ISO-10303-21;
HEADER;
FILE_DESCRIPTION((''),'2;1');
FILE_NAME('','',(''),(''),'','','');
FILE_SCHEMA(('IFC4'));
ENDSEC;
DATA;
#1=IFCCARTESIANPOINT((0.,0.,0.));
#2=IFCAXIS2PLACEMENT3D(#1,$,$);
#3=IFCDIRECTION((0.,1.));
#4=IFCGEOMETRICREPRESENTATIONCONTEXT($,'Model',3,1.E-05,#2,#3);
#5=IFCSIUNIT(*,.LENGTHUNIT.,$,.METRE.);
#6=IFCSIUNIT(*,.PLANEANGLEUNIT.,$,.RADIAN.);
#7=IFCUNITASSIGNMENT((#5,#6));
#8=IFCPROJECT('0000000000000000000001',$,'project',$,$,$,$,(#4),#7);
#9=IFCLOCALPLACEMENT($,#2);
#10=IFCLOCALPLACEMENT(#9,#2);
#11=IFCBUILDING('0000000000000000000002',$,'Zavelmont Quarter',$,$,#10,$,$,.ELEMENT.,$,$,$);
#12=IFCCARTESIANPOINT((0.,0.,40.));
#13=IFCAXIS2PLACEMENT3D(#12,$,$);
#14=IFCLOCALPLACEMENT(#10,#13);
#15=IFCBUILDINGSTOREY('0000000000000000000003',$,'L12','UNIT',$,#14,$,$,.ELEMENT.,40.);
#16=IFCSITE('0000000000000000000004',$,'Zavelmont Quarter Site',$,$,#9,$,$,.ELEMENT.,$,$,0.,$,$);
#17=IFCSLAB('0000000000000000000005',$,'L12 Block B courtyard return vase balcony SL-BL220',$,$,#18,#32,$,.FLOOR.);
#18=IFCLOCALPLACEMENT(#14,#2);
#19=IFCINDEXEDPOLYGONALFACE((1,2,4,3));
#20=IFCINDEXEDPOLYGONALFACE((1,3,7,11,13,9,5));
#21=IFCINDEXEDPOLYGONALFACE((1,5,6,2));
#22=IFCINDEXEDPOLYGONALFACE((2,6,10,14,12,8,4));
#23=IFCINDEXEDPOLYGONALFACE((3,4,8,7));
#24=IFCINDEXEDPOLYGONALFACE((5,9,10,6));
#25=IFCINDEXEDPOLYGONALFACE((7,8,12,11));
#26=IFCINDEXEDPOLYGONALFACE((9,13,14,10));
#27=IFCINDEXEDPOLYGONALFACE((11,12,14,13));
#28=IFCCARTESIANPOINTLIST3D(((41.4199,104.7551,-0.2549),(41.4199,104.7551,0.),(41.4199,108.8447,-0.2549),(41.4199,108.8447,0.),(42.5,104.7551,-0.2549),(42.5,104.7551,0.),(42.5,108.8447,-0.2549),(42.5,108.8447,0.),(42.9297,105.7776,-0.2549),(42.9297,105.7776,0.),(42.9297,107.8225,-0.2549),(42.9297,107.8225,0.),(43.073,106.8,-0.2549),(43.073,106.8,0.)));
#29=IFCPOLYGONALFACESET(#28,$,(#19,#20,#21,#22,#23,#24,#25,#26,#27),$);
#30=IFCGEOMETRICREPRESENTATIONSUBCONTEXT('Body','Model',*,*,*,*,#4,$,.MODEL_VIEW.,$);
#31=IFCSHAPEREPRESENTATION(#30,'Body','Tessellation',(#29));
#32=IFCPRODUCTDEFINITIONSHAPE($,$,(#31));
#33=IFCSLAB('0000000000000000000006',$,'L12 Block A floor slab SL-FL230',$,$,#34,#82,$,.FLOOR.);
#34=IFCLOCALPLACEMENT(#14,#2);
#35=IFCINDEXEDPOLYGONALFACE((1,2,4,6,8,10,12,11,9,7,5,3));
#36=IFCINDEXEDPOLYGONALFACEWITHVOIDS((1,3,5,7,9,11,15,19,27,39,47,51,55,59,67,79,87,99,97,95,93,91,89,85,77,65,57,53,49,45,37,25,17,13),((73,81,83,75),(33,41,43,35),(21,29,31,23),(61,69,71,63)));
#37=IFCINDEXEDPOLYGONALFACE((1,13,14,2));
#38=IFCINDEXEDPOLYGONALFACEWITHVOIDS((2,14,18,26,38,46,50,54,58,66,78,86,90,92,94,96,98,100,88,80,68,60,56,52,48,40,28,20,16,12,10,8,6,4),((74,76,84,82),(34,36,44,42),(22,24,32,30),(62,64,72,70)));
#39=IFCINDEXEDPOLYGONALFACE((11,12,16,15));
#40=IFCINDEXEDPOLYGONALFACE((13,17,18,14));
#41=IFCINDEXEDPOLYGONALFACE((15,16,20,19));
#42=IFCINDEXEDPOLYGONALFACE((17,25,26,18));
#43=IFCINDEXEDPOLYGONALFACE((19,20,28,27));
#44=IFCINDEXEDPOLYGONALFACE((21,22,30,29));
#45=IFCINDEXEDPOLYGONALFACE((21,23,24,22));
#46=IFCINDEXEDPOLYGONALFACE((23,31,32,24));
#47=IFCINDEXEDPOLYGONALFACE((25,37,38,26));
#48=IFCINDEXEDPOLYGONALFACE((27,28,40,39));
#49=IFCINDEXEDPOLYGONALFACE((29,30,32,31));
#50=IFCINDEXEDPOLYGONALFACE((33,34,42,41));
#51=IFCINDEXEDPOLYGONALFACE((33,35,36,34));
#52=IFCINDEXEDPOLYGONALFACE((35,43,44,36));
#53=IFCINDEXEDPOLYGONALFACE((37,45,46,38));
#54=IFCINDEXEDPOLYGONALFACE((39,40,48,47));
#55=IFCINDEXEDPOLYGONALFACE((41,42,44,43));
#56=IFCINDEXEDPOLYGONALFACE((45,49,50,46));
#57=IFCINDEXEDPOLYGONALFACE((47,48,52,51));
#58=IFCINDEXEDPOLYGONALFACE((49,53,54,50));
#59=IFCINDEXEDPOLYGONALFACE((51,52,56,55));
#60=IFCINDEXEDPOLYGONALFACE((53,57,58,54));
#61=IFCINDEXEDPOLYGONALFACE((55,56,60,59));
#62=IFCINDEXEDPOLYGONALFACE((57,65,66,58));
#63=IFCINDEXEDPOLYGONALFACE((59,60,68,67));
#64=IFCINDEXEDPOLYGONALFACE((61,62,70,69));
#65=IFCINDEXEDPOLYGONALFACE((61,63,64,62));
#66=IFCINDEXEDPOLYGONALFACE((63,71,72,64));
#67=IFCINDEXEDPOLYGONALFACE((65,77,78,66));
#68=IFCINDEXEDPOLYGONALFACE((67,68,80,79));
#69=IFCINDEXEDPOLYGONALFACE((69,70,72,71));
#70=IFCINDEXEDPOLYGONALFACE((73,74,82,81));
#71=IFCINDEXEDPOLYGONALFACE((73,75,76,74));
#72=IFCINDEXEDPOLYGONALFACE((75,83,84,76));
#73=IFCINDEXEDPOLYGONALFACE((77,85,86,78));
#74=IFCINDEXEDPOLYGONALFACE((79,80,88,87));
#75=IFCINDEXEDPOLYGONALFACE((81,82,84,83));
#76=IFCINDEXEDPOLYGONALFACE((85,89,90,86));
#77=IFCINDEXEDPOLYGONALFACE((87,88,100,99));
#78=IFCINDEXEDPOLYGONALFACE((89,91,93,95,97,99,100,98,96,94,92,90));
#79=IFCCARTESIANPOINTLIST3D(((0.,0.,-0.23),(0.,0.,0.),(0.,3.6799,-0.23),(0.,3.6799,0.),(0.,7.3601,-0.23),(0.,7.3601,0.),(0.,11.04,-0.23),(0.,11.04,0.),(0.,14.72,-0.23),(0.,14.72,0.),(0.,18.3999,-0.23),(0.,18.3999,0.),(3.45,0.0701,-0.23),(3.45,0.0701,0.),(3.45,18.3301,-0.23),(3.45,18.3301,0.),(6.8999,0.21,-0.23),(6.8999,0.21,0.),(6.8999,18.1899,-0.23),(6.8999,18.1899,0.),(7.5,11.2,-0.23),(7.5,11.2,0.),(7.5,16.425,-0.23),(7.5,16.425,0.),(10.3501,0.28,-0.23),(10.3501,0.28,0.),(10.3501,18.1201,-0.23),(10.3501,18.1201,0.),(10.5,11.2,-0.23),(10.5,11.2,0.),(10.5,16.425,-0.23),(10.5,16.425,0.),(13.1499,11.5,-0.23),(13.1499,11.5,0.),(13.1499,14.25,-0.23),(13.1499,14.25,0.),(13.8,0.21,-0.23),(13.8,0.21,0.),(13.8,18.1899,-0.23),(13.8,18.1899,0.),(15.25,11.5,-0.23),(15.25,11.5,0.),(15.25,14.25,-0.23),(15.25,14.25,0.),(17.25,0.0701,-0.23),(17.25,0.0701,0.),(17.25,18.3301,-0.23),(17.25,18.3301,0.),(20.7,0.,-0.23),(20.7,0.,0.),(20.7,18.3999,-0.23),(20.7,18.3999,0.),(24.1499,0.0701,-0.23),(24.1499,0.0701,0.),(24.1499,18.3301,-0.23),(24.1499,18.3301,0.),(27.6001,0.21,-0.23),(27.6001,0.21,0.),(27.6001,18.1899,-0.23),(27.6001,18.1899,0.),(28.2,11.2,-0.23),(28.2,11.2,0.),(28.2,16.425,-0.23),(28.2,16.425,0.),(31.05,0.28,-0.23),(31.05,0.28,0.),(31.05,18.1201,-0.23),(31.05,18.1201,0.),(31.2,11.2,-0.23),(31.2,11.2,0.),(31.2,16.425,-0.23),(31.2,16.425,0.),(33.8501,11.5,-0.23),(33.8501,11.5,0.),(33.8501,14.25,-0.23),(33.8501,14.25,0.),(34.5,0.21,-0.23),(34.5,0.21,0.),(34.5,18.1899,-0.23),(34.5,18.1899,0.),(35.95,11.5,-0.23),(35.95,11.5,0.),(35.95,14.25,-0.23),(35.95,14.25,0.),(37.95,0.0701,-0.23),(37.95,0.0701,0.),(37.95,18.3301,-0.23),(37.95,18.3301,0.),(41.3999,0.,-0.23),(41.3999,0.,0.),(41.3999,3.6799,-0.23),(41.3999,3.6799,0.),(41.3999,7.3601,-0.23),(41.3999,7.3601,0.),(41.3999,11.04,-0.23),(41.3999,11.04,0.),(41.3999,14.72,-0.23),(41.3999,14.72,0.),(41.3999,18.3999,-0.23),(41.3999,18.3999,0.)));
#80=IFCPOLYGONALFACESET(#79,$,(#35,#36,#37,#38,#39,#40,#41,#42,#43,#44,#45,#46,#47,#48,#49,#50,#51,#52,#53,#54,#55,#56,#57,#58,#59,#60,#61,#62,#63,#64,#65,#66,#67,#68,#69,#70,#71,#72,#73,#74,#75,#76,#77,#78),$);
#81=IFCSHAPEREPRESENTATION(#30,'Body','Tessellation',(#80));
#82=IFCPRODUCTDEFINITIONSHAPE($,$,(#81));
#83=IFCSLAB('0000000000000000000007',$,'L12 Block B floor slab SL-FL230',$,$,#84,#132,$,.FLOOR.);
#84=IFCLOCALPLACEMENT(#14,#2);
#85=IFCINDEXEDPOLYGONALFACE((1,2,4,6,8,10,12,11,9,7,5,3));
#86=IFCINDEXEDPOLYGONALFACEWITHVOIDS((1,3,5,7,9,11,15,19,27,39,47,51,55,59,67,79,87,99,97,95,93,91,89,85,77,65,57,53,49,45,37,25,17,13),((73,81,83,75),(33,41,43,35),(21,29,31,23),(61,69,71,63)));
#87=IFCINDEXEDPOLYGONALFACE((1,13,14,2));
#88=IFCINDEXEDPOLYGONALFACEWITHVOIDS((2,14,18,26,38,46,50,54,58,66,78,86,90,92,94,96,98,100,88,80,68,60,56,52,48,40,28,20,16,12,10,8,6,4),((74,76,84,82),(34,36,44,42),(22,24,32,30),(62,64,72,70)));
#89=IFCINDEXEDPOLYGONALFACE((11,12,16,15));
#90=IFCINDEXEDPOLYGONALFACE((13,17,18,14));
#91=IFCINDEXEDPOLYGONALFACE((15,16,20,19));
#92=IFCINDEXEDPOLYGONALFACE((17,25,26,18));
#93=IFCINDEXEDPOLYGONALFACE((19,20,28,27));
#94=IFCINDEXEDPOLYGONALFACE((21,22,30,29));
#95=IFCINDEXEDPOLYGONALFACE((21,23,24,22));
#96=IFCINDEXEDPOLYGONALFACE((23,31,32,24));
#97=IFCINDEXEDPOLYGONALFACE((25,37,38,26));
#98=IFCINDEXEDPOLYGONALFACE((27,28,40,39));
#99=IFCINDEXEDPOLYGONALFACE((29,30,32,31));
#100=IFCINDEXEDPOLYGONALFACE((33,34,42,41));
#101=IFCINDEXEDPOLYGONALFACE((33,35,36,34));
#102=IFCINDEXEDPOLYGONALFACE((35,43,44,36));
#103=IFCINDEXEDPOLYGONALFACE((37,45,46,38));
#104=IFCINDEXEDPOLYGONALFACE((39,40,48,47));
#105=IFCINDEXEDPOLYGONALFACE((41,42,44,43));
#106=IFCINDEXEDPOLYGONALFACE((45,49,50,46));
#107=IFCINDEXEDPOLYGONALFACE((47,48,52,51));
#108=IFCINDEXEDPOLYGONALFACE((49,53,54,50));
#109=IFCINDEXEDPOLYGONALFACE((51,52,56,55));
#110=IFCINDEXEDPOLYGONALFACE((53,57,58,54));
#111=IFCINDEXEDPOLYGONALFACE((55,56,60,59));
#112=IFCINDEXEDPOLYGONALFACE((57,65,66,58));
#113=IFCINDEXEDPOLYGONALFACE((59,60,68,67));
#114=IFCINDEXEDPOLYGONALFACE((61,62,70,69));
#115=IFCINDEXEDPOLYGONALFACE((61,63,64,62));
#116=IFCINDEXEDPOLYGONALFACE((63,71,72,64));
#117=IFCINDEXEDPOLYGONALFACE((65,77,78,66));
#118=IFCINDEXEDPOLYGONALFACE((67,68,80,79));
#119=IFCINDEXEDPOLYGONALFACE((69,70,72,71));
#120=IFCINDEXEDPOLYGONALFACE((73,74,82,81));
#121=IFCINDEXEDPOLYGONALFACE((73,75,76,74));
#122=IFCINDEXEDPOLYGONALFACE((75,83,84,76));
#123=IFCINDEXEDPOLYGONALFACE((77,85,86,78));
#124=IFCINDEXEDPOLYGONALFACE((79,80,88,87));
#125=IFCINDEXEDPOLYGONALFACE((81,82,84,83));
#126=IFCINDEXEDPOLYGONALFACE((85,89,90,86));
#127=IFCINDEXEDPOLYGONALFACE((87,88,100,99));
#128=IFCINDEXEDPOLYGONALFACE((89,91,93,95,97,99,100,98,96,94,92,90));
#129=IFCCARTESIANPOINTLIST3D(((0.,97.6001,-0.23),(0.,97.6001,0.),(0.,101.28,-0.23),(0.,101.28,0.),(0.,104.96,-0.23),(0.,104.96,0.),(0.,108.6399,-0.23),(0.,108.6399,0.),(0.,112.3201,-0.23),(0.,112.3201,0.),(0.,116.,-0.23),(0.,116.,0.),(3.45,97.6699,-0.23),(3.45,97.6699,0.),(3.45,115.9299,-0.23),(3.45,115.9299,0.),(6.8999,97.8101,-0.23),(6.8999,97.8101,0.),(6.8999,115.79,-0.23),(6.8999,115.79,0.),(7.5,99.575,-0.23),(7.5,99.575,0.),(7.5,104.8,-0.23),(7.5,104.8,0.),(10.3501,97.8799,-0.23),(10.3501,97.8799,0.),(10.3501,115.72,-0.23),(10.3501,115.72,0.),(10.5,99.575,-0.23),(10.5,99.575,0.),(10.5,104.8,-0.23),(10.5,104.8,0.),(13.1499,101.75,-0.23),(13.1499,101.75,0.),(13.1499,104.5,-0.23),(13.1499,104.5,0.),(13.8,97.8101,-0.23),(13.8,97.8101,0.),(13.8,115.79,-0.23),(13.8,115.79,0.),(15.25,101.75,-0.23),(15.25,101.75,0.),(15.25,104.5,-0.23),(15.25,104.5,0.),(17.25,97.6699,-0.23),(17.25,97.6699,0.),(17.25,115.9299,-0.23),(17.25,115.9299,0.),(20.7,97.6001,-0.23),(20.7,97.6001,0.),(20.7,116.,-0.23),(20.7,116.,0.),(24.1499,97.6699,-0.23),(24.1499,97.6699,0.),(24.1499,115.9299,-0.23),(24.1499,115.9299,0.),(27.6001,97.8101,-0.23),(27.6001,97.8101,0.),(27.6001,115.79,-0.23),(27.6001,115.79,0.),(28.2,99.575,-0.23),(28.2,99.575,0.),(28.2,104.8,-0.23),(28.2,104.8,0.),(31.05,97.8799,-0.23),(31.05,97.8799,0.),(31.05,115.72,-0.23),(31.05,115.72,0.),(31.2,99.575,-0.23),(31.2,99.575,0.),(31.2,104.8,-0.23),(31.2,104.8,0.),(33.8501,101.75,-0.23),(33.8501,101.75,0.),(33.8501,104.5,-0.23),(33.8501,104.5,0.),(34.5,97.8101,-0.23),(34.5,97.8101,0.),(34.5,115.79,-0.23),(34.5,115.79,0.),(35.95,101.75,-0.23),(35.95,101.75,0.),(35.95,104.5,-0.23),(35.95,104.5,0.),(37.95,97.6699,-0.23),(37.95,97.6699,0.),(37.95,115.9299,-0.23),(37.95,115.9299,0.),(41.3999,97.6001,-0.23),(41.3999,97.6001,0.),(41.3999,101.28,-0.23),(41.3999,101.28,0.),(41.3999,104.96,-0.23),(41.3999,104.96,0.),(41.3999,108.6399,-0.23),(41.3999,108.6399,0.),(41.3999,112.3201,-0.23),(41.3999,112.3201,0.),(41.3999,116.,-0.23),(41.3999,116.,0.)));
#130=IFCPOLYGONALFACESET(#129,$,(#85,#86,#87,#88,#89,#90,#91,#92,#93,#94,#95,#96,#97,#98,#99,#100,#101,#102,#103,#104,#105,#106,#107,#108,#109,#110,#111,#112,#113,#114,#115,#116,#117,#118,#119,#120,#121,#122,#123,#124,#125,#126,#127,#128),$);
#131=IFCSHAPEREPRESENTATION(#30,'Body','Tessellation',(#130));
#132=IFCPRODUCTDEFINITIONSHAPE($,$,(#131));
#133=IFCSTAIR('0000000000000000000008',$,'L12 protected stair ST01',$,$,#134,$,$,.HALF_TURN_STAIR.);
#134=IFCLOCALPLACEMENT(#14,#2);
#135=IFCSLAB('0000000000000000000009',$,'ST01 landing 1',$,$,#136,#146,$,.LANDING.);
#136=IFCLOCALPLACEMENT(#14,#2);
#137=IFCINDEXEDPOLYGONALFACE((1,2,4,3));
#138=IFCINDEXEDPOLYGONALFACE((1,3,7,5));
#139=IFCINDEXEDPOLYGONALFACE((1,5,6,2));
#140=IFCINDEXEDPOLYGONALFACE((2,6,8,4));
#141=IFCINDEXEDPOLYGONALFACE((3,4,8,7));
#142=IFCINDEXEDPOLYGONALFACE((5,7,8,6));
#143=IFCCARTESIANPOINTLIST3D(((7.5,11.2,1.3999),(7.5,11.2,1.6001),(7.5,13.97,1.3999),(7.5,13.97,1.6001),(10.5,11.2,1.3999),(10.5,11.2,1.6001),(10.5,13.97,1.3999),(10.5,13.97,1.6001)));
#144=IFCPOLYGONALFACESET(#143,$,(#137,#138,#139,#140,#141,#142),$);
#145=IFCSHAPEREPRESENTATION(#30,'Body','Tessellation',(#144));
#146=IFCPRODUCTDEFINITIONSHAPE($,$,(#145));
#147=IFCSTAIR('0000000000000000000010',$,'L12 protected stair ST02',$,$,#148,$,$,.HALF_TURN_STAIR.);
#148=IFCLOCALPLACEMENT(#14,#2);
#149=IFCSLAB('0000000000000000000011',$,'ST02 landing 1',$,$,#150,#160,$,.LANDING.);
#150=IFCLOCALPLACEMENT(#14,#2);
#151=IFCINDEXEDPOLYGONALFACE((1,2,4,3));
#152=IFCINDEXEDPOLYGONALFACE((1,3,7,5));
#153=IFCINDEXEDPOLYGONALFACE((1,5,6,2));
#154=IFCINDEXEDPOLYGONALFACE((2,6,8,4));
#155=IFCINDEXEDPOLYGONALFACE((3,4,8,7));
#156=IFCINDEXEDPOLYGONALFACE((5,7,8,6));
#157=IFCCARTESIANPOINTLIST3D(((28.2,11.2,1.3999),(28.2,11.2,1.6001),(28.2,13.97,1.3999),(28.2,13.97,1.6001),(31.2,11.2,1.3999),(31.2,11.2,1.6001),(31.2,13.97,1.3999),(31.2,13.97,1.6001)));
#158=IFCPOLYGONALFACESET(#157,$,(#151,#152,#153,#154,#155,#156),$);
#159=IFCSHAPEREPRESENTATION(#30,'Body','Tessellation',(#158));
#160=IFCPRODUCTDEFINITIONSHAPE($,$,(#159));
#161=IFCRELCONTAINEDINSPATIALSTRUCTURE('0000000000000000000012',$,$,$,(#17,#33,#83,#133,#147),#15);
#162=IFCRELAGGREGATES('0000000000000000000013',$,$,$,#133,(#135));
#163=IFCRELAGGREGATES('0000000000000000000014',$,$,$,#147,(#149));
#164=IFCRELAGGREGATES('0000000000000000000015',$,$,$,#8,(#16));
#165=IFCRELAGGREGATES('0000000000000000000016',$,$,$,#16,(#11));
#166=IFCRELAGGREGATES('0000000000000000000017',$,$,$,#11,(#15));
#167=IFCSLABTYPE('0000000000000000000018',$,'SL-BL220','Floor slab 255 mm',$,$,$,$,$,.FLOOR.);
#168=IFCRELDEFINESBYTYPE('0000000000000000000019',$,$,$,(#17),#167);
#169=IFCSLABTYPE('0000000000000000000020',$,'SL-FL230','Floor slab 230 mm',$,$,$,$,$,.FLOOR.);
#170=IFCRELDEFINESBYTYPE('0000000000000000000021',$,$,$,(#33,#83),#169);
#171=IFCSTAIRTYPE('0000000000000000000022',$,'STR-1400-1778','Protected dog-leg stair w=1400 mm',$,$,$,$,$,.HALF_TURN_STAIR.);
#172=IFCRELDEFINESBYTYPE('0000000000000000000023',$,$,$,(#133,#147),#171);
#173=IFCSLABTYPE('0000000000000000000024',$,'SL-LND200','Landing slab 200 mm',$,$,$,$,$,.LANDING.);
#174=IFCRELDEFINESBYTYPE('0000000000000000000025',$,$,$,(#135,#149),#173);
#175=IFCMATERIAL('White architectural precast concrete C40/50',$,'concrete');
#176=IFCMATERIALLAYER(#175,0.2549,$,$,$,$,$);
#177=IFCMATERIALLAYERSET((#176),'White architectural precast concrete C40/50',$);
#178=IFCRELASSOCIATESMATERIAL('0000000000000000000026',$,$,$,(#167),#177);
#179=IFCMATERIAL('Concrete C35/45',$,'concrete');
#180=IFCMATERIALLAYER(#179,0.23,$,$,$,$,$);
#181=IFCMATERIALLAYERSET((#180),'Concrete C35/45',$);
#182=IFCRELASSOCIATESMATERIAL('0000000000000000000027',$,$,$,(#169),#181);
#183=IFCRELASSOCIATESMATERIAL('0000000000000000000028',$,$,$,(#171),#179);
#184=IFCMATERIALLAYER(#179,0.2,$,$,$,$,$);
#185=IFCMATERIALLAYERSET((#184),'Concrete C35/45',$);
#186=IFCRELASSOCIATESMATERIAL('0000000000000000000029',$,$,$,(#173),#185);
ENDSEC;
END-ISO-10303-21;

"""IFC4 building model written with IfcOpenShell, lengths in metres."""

from ifc_helpers import new_model, si_unit, direction, frame, origin, place, context, subcontext, project, spatial, polyline, outline, extrude, material, layer, layer_set, type_object, element, aggregate, save


model = new_model("IFC4")

# Units and contexts
model_context = context("Model", 3, precision=1e-05, world=origin(), true_north=direction((0.0, 1.0)))
body_context = subcontext(model_context, "Body", "Model", "MODEL_VIEW")
ifc_project = project(units=[si_unit("LENGTHUNIT", "METRE"), si_unit("PLANEANGLEUNIT", "RADIAN")], contexts=[model_context])

# Site, building, storey
site_placement = place(None, origin())
site = spatial("IfcSite", under=ifc_project, at=site_placement, Name="Zavelmont Quarter Site", CompositionType="ELEMENT", RefElevation=0.0)
building_placement = place(site_placement, origin())
building = spatial("IfcBuilding", under=site, at=building_placement, Name="Zavelmont Quarter", CompositionType="ELEMENT")
storey_placement = place(building_placement, frame((0.0, 0.0, 40.0)))
storey = spatial("IfcBuildingStorey", under=building, at=storey_placement, Name="L12", Description="UNIT", CompositionType="ELEMENT", Elevation=40.0)

# Slabs
ifc_material_1 = material(Name="White architectural precast concrete C40/50", Category="concrete")
ifc_layer_1 = layer(ifc_material_1, 0.2549)
ifc_layer_set_1 = layer_set([ifc_layer_1], Name="White architectural precast concrete C40/50")
slab_type_1 = type_object("IfcSlabType", Name="SL-BL220", Description="Floor slab 255 mm", PredefinedType="FLOOR", material=ifc_layer_set_1)
slab_1_placement = place(storey_placement, frame((0.0, 0.0, -0.2549)))
element("IfcSlab", 1, at=slab_1_placement, inside=storey, type_object=slab_type_1, Name="L12 Block B courtyard return vase balcony SL-BL220", PredefinedType="FLOOR", context=body_context, shape_type="SweptSolid", body=[
    extrude(outline(polyline([(41.4199, 104.7551), (42.5, 104.7551), (42.9297, 105.7776), (43.073, 106.8), (42.9297, 107.8225), (42.5, 108.8447), (41.4199, 108.8447), (41.4199, 104.7551)])), origin(), (0.0, 0.0, 1.0), 0.2549),
])
ifc_material_2 = material(Name="Concrete C35/45", Category="concrete")
ifc_layer_2 = layer(ifc_material_2, 0.23)
ifc_layer_set_2 = layer_set([ifc_layer_2], Name="Concrete C35/45")
slab_type_2 = type_object("IfcSlabType", Name="SL-FL230", Description="Floor slab 230 mm", PredefinedType="FLOOR", material=ifc_layer_set_2)
slab_2_placement = place(storey_placement, frame((0.0, 0.0, -0.23)))
element("IfcSlab", 2, at=slab_2_placement, inside=storey, type_object=slab_type_2, Name="L12 Block A floor slab SL-FL230", PredefinedType="FLOOR", context=body_context, shape_type="SweptSolid", body=[
    extrude(outline(polyline([(0.0, 0.0), (3.45, 0.0701), (6.8999, 0.21), (10.3501, 0.28), (13.8, 0.21), (17.25, 0.0701), (20.7, 0.0), (24.1499, 0.0701), (27.6001, 0.21), (31.05, 0.28), (34.5, 0.21), (37.95, 0.0701), (41.3999, 0.0), (41.3999, 3.6799), (41.3999, 7.3601), (41.3999, 11.04), (41.3999, 14.72), (41.3999, 18.3999), (37.95, 18.3301), (34.5, 18.1899), (31.05, 18.1201), (27.6001, 18.1899), (24.1499, 18.3301), (20.7, 18.3999), (17.25, 18.3301), (13.8, 18.1899), (10.3501, 18.1201), (6.8999, 18.1899), (3.45, 18.3301), (0.0, 18.3999), (0.0, 14.72), (0.0, 11.04), (0.0, 7.3601), (0.0, 3.6799), (0.0, 0.0)]), holes=[polyline([(7.5, 16.425), (7.5, 11.2), (10.5, 11.2), (10.5, 16.425), (7.5, 16.425)]), polyline([(13.1499, 11.5), (15.25, 11.5), (15.25, 14.25), (13.1499, 14.25), (13.1499, 11.5)]), polyline([(28.2, 16.425), (28.2, 11.2), (31.2, 11.2), (31.2, 16.425), (28.2, 16.425)]), polyline([(33.8501, 11.5), (35.95, 11.5), (35.95, 14.25), (33.8501, 14.25), (33.8501, 11.5)])]), origin(), (0.0, 0.0, 1.0), 0.23),
])
slab_3_placement = place(storey_placement, frame((0.0, 0.0, -0.23)))
element("IfcSlab", 3, at=slab_3_placement, inside=storey, type_object=slab_type_2, Name="L12 Block B floor slab SL-FL230", PredefinedType="FLOOR", context=body_context, shape_type="SweptSolid", body=[
    extrude(outline(polyline([(0.0, 97.6001), (3.45, 97.6699), (6.8999, 97.8101), (10.3501, 97.8799), (13.8, 97.8101), (17.25, 97.6699), (20.7, 97.6001), (24.1499, 97.6699), (27.6001, 97.8101), (31.05, 97.8799), (34.5, 97.8101), (37.95, 97.6699), (41.3999, 97.6001), (41.3999, 101.28), (41.3999, 104.96), (41.3999, 108.6399), (41.3999, 112.3201), (41.3999, 116.0), (37.95, 115.9299), (34.5, 115.79), (31.05, 115.72), (27.6001, 115.79), (24.1499, 115.9299), (20.7, 116.0), (17.25, 115.9299), (13.8, 115.79), (10.3501, 115.72), (6.8999, 115.79), (3.45, 115.9299), (0.0, 116.0), (0.0, 112.3201), (0.0, 108.6399), (0.0, 104.96), (0.0, 101.28), (0.0, 97.6001)]), holes=[polyline([(10.5, 99.575), (10.5, 104.8), (7.5, 104.8), (7.5, 99.575), (10.5, 99.575)]), polyline([(13.1499, 101.75), (15.25, 101.75), (15.25, 104.5), (13.1499, 104.5), (13.1499, 101.75)]), polyline([(31.2, 99.575), (31.2, 104.8), (28.2, 104.8), (28.2, 99.575), (31.2, 99.575)]), polyline([(33.8501, 101.75), (35.95, 101.75), (35.95, 104.5), (33.8501, 104.5), (33.8501, 101.75)])]), origin(), (0.0, 0.0, 1.0), 0.23),
])

# Stairs, slabs
stair_type = type_object("IfcStairType", Name="STR-1400-1778", Description="Protected dog-leg stair w=1400 mm", PredefinedType="HALF_TURN_STAIR", material=ifc_material_2)
stair_1_placement = place(storey_placement, origin())
stair_1 = element("IfcStair", 4, at=stair_1_placement, inside=storey, type_object=stair_type, Name="L12 protected stair ST01", PredefinedType="HALF_TURN_STAIR")
ifc_layer_3 = layer(ifc_material_2, 0.2)
ifc_layer_set_3 = layer_set([ifc_layer_3], Name="Concrete C35/45")
slab_type_3 = type_object("IfcSlabType", Name="SL-LND200", Description="Landing slab 200 mm", PredefinedType="LANDING", material=ifc_layer_set_3)
slab_4_placement = place(storey_placement, frame((0.0, 0.0, 1.3999)))
slab_4 = element("IfcSlab", 5, at=slab_4_placement, type_object=slab_type_3, Name="ST01 landing 1", PredefinedType="LANDING", context=body_context, shape_type="SweptSolid", body=[
    extrude(outline(polyline([(7.5, 13.97), (7.5, 11.2), (10.5, 11.2), (10.5, 13.97), (7.5, 13.97)])), origin(), (0.0, 0.0, 1.0), 0.2002),
])
aggregate(stair_1, [slab_4])
stair_2_placement = place(storey_placement, origin())
stair_2 = element("IfcStair", 6, at=stair_2_placement, inside=storey, type_object=stair_type, Name="L12 protected stair ST02", PredefinedType="HALF_TURN_STAIR")
slab_5_placement = place(storey_placement, frame((0.0, 0.0, 1.3999)))
slab_5 = element("IfcSlab", 7, at=slab_5_placement, type_object=slab_type_3, Name="ST02 landing 1", PredefinedType="LANDING", context=body_context, shape_type="SweptSolid", body=[
    extrude(outline(polyline([(28.2, 13.97), (28.2, 11.2), (31.2, 11.2), (31.2, 13.97), (28.2, 13.97)])), origin(), (0.0, 0.0, 1.0), 0.2002),
])
aggregate(stair_2, [slab_5])

save(model, "model.ifc")
